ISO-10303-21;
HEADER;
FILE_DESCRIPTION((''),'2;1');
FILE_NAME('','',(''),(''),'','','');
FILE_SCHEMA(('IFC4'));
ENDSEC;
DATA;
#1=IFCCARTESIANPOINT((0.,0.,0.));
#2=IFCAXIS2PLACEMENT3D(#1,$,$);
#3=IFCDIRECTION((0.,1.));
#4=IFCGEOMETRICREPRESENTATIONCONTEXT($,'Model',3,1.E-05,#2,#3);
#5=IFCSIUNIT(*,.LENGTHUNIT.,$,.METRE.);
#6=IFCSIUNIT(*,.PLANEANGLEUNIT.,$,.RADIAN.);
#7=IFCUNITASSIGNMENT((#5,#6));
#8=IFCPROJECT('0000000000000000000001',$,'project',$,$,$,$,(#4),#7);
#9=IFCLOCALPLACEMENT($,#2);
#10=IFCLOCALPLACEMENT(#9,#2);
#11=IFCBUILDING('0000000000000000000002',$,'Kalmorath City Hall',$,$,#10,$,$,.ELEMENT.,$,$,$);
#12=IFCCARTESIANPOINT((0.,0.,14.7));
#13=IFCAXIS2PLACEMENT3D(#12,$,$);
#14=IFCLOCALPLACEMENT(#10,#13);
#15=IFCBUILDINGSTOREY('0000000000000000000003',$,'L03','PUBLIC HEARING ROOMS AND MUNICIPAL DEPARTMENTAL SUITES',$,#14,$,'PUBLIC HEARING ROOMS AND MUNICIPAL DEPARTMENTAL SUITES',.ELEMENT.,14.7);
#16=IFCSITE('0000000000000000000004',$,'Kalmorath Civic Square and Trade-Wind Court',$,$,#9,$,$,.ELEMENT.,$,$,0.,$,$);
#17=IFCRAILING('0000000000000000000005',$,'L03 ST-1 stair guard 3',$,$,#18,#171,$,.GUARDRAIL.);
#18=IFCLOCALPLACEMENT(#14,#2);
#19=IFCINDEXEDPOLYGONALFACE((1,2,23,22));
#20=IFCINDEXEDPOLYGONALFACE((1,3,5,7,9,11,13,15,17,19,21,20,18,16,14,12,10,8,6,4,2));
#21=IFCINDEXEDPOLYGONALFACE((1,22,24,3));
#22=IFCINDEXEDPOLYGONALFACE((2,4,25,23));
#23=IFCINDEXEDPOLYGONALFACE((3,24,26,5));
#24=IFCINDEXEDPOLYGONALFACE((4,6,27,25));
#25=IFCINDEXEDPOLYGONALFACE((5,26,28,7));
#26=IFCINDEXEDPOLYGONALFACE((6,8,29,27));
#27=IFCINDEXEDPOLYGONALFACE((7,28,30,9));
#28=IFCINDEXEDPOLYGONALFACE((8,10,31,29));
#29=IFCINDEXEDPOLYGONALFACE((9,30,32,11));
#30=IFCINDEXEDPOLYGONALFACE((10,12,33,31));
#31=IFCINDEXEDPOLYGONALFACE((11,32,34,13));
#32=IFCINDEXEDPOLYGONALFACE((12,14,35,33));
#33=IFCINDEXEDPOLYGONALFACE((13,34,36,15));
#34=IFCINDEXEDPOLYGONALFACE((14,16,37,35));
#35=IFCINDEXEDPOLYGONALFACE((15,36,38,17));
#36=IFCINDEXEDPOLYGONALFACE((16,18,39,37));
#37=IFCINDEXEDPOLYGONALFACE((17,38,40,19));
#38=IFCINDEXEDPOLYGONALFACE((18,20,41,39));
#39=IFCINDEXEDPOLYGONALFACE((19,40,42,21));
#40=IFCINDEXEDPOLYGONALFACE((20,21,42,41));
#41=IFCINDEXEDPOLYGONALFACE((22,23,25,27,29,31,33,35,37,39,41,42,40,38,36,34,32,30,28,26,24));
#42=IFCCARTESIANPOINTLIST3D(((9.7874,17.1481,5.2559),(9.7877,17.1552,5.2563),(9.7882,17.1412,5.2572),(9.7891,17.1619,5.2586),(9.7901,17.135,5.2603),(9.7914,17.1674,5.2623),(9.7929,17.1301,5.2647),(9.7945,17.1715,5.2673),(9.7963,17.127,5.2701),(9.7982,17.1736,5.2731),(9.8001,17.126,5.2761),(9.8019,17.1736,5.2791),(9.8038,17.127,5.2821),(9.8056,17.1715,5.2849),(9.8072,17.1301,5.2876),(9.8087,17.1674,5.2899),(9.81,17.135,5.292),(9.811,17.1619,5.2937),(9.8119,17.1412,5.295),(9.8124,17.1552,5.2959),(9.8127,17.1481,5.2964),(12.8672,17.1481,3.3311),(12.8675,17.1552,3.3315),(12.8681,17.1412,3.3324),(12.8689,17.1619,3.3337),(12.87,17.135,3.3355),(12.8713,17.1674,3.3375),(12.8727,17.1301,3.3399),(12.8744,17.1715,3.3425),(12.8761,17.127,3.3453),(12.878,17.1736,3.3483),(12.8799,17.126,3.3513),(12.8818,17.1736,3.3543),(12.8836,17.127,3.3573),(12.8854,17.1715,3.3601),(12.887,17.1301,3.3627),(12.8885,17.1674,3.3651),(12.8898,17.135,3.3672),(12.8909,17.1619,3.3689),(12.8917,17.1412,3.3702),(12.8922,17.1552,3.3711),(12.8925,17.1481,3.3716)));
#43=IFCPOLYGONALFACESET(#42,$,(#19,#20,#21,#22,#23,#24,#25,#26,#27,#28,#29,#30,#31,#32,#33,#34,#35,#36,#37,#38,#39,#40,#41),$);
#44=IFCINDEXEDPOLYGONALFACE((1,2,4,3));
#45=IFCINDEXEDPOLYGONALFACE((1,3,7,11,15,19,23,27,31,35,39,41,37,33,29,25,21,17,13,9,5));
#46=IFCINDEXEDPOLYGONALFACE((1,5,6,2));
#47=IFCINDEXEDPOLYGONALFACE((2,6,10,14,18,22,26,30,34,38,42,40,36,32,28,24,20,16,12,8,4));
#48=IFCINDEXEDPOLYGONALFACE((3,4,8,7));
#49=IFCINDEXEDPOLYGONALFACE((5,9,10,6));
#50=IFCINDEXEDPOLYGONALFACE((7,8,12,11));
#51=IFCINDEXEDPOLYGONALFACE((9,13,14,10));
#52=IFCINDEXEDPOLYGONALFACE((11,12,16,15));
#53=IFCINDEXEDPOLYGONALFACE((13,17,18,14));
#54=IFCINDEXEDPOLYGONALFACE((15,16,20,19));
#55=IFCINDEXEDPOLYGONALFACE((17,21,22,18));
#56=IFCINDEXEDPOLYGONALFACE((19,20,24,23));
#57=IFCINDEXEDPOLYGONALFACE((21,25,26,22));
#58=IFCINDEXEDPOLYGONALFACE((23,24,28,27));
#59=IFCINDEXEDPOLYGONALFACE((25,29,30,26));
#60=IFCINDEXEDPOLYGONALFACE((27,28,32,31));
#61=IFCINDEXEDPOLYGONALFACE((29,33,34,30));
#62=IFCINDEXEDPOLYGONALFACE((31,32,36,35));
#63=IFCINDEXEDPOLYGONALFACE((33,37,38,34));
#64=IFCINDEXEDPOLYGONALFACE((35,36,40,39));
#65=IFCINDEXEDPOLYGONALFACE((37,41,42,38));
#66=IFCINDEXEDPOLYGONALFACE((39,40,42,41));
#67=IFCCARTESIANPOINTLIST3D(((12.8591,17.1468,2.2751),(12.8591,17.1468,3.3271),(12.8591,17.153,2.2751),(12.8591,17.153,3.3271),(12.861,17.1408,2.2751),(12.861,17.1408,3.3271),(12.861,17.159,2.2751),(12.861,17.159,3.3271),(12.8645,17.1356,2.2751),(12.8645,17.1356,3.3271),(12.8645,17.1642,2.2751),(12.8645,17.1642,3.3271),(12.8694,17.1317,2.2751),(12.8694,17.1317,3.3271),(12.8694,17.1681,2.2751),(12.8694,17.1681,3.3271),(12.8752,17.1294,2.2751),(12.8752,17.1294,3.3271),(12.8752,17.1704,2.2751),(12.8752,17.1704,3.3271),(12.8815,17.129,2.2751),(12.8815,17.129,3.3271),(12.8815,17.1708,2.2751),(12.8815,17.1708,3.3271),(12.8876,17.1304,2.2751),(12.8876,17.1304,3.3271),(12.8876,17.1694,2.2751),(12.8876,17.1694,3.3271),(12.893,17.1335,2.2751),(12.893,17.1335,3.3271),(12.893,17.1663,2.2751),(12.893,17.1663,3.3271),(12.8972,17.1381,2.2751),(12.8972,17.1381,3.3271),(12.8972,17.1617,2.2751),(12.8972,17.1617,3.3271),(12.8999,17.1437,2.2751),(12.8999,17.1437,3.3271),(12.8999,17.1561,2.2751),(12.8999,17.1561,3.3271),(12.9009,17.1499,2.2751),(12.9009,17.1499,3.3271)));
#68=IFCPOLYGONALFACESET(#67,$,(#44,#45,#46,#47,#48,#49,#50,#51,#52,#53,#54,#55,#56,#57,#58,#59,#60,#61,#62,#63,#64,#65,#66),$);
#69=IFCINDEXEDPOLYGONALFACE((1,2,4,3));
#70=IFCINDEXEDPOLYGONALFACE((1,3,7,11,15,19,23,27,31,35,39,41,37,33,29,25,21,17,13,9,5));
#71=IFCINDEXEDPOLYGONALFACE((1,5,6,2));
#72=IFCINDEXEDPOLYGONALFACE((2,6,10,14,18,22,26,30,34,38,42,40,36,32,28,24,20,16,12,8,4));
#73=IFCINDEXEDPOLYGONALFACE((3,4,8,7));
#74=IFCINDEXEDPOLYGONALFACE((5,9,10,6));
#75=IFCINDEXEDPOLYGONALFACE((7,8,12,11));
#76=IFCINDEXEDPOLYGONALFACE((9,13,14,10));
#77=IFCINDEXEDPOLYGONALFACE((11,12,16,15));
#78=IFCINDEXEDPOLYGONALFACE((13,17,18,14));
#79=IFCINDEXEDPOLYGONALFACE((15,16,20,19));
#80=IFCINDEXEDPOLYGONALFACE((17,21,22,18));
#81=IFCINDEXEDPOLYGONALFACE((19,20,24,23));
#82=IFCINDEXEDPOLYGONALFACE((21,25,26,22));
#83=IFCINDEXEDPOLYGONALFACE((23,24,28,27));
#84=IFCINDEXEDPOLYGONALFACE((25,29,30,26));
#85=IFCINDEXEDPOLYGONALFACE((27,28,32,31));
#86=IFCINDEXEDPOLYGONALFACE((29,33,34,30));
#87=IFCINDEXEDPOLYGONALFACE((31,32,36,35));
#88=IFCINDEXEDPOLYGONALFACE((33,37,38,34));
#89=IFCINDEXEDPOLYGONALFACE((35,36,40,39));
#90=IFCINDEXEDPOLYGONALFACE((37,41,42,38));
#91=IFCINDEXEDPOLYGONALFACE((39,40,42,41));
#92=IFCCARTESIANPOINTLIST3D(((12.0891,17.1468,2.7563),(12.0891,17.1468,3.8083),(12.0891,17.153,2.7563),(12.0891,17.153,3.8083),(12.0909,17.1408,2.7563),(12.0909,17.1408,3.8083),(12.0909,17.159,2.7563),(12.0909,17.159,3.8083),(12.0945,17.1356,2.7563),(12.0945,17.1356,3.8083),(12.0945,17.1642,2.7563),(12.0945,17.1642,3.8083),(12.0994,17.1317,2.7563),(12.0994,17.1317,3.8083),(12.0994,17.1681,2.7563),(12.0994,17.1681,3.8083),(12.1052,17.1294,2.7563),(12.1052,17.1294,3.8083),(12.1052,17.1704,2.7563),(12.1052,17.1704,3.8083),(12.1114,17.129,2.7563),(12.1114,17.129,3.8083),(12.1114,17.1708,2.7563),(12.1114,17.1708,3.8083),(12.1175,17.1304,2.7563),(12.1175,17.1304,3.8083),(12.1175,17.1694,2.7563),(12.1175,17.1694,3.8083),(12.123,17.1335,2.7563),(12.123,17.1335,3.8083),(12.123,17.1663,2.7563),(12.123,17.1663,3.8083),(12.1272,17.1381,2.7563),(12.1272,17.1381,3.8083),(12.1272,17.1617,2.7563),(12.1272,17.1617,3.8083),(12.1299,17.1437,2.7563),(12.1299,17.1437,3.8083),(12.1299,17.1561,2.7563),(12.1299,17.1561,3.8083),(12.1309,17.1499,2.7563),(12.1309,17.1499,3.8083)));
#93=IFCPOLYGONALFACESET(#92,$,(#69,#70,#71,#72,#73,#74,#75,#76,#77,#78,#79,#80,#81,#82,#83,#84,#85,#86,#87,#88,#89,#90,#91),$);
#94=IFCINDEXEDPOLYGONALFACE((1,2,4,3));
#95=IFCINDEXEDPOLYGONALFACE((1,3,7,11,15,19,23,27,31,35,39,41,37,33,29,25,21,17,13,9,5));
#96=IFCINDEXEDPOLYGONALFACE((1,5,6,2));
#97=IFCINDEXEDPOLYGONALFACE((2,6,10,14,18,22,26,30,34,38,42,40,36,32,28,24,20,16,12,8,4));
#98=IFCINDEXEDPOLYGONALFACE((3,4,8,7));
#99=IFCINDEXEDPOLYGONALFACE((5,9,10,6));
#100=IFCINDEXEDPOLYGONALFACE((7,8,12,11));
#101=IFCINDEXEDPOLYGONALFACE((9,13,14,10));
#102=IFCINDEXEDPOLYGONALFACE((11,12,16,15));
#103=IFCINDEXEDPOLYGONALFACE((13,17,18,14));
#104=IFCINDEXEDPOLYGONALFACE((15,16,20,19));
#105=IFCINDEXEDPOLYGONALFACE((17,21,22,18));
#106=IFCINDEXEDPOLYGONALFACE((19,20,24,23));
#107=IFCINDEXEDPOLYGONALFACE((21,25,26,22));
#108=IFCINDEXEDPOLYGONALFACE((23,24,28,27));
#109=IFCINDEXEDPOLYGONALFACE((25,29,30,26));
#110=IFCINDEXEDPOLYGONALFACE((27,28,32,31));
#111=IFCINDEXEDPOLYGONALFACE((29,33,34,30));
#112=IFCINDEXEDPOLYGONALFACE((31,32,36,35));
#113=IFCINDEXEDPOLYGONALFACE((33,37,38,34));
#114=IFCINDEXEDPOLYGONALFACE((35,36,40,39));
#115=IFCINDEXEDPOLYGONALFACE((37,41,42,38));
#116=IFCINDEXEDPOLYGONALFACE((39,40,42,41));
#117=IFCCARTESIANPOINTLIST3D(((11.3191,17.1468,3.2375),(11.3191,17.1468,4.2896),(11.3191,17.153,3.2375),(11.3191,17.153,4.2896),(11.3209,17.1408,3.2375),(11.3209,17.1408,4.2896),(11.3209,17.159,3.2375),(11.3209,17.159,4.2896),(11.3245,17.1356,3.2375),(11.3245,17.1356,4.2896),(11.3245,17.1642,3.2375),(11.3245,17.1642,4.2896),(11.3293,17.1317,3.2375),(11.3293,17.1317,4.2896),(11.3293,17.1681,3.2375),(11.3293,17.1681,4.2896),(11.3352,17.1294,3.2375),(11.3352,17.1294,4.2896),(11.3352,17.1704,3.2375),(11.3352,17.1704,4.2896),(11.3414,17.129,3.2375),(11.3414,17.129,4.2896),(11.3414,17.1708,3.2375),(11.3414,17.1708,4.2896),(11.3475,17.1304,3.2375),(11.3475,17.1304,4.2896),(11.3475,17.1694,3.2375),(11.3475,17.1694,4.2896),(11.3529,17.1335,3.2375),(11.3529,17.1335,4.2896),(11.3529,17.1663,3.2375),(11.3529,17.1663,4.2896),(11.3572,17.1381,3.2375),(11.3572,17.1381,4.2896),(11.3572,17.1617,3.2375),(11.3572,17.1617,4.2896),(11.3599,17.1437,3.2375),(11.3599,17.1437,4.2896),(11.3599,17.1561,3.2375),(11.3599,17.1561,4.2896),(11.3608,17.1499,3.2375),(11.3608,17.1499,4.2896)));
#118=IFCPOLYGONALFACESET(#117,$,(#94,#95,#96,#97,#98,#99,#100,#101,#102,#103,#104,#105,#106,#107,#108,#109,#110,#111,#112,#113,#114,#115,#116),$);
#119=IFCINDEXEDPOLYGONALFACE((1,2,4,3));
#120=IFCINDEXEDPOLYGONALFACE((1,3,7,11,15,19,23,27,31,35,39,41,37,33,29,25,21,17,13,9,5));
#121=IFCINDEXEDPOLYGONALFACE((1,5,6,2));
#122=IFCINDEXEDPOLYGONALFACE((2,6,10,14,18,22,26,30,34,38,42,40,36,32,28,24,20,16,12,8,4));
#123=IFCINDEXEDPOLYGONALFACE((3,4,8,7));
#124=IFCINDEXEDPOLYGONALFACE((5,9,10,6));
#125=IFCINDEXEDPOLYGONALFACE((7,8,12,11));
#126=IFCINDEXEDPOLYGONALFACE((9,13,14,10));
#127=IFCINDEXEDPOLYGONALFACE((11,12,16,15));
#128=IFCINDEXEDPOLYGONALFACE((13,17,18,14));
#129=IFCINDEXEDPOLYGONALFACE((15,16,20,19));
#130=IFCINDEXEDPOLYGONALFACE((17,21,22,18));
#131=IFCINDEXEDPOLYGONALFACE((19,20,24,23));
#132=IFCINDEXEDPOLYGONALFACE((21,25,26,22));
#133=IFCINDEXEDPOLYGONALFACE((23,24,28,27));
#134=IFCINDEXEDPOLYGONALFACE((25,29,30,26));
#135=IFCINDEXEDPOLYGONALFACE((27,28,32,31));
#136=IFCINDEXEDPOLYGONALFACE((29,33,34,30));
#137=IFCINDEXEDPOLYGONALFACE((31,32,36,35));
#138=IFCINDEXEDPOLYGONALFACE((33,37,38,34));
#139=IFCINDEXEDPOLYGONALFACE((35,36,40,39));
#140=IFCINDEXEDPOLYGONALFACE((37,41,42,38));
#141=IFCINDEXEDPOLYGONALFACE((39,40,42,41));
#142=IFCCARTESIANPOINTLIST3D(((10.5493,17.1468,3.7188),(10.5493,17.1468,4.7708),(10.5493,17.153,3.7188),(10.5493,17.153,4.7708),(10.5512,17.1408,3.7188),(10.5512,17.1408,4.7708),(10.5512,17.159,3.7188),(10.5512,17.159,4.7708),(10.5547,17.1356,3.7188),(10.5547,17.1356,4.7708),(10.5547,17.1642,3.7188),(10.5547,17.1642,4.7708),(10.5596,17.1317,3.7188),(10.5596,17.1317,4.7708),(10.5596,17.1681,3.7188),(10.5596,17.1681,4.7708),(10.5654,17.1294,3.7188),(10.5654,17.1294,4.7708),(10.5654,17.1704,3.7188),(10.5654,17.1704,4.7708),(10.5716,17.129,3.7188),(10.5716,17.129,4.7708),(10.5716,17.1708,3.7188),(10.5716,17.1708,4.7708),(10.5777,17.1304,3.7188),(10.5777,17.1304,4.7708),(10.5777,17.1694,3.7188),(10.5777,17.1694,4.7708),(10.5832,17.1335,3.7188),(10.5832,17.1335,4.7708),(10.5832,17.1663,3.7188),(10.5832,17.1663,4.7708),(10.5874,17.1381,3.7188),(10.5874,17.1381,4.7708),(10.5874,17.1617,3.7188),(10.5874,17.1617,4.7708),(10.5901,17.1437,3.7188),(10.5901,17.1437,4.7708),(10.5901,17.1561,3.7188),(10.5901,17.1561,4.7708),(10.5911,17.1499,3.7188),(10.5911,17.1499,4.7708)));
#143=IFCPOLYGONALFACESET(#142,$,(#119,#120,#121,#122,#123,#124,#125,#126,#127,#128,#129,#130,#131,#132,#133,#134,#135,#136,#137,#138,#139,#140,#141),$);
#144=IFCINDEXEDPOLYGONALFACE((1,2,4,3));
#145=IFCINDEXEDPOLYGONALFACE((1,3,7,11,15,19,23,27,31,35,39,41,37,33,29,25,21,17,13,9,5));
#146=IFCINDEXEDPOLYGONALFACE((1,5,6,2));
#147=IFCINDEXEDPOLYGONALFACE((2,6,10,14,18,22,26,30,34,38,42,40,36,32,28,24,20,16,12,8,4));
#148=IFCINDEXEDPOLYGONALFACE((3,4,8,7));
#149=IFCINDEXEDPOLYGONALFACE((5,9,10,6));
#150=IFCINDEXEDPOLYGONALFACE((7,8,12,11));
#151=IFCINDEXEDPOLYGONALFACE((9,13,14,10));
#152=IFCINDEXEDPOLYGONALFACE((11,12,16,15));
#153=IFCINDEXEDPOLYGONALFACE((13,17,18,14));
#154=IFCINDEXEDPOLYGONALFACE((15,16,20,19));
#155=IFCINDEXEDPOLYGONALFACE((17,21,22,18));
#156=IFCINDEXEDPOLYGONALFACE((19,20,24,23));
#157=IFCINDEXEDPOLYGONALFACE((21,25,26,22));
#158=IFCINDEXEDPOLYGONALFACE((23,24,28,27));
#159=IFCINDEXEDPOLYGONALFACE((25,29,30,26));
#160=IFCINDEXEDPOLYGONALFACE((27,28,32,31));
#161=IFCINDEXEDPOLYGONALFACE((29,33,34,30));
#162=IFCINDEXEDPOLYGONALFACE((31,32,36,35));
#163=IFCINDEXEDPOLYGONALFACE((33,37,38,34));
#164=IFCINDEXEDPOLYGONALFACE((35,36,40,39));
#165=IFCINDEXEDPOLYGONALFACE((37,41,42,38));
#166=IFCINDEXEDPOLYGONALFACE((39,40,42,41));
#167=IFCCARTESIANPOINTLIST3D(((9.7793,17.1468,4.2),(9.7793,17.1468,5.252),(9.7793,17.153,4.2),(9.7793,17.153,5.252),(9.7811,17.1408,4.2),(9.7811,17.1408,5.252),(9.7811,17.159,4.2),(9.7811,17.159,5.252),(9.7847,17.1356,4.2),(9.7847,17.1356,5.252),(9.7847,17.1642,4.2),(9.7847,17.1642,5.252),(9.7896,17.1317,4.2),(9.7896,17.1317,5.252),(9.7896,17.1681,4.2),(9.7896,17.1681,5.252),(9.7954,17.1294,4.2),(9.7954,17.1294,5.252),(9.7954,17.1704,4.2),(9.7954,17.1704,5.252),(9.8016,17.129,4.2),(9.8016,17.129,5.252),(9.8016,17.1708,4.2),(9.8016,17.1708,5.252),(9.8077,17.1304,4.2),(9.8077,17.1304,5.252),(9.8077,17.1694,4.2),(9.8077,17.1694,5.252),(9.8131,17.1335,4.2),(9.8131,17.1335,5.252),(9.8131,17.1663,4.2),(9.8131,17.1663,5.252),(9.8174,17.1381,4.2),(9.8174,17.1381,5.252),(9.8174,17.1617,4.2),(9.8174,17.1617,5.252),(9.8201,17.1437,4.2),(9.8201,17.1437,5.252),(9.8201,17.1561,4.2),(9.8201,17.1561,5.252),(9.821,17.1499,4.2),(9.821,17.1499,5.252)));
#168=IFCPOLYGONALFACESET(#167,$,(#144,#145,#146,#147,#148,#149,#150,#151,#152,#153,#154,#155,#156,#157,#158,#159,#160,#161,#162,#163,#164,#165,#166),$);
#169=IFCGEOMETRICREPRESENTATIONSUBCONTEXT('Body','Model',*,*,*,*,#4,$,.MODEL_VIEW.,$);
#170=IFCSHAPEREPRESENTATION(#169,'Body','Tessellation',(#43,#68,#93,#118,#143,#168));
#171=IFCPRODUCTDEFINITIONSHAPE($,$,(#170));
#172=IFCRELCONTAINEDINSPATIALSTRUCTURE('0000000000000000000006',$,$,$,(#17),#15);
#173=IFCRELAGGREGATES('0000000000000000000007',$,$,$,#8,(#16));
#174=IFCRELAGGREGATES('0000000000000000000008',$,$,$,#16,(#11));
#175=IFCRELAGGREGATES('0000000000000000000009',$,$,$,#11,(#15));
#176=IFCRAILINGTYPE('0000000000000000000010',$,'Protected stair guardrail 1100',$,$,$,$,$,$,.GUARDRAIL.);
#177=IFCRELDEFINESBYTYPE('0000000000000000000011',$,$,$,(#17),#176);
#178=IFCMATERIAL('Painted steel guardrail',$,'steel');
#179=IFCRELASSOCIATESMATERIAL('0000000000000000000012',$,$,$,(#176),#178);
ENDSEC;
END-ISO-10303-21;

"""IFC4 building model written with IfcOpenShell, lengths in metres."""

from ifc_helpers import new_model, si_unit, direction, frame, origin, origin_2d, place, context, subcontext, project, spatial, circle, extrude, material, type_object, element, save


model = new_model("IFC4")

# Units and contexts
model_context = context("Model", 3, precision=1e-05, world=origin(), true_north=direction((0.0, 1.0)))
body_context = subcontext(model_context, "Body", "Model", "MODEL_VIEW")
ifc_project = project(units=[si_unit("LENGTHUNIT", "METRE"), si_unit("PLANEANGLEUNIT", "RADIAN")], contexts=[model_context])

# Site, building, storey
site_placement = place(None, origin())
site = spatial("IfcSite", under=ifc_project, at=site_placement, Name="Kalmorath Civic Square and Trade-Wind Court", CompositionType="ELEMENT", RefElevation=0.0)
building_placement = place(site_placement, origin())
building = spatial("IfcBuilding", under=site, at=building_placement, Name="Kalmorath City Hall", CompositionType="ELEMENT")
storey_placement = place(building_placement, frame((0.0, 0.0, 14.7)))
storey = spatial("IfcBuildingStorey", under=building, at=storey_placement, Name="L03", Description="PUBLIC HEARING ROOMS AND MUNICIPAL DEPARTMENTAL SUITES", LongName="PUBLIC HEARING ROOMS AND MUNICIPAL DEPARTMENTAL SUITES", CompositionType="ELEMENT", Elevation=14.7)

# Railing
ifc_material_1 = material(Name="Painted steel guardrail", Category="steel")
railing_type_1 = type_object("IfcRailingType", Name="Protected stair guardrail 1100", PredefinedType="GUARDRAIL", material=ifc_material_1)
railing_1_placement = place(storey_placement, frame((12.8799, 17.1499, 2.2751)))
element("IfcRailing", 1, at=railing_1_placement, inside=storey, type_object=railing_type_1, Name="L03 ST-1 stair guard 3", PredefinedType="GUARDRAIL", context=body_context, shape_type="SweptSolid", body=[
    extrude(circle(Radius=0.0239, at=origin_2d()), frame((0.0, 0.0, 1.0762), z_axis=(-0.84801, 0.0, 0.529981), x_axis=(0.0, -1.0, 0.0)), (0.0, 0.0, 1.0), 3.6318),
    extrude(circle(Radius=0.021, at=origin_2d()), origin(), (0.0, 0.0, 1.0), 1.052),
    extrude(circle(Radius=0.021, at=origin_2d()), frame((-0.77, 0.0, 0.4812)), (0.0, 0.0, 1.0), 1.052),
    extrude(circle(Radius=0.021, at=origin_2d()), frame((-1.54, 0.0, 0.9624)), (0.0, 0.0, 1.0), 1.052),
    extrude(circle(Radius=0.021, at=origin_2d()), frame((-2.3098, 0.0, 1.4436)), (0.0, 0.0, 1.0), 1.052),
    extrude(circle(Radius=0.021, at=origin_2d()), frame((-3.0798, 0.0, 1.9248)), (0.0, 0.0, 1.0), 1.052),
])

save(model, "model.ifc")
